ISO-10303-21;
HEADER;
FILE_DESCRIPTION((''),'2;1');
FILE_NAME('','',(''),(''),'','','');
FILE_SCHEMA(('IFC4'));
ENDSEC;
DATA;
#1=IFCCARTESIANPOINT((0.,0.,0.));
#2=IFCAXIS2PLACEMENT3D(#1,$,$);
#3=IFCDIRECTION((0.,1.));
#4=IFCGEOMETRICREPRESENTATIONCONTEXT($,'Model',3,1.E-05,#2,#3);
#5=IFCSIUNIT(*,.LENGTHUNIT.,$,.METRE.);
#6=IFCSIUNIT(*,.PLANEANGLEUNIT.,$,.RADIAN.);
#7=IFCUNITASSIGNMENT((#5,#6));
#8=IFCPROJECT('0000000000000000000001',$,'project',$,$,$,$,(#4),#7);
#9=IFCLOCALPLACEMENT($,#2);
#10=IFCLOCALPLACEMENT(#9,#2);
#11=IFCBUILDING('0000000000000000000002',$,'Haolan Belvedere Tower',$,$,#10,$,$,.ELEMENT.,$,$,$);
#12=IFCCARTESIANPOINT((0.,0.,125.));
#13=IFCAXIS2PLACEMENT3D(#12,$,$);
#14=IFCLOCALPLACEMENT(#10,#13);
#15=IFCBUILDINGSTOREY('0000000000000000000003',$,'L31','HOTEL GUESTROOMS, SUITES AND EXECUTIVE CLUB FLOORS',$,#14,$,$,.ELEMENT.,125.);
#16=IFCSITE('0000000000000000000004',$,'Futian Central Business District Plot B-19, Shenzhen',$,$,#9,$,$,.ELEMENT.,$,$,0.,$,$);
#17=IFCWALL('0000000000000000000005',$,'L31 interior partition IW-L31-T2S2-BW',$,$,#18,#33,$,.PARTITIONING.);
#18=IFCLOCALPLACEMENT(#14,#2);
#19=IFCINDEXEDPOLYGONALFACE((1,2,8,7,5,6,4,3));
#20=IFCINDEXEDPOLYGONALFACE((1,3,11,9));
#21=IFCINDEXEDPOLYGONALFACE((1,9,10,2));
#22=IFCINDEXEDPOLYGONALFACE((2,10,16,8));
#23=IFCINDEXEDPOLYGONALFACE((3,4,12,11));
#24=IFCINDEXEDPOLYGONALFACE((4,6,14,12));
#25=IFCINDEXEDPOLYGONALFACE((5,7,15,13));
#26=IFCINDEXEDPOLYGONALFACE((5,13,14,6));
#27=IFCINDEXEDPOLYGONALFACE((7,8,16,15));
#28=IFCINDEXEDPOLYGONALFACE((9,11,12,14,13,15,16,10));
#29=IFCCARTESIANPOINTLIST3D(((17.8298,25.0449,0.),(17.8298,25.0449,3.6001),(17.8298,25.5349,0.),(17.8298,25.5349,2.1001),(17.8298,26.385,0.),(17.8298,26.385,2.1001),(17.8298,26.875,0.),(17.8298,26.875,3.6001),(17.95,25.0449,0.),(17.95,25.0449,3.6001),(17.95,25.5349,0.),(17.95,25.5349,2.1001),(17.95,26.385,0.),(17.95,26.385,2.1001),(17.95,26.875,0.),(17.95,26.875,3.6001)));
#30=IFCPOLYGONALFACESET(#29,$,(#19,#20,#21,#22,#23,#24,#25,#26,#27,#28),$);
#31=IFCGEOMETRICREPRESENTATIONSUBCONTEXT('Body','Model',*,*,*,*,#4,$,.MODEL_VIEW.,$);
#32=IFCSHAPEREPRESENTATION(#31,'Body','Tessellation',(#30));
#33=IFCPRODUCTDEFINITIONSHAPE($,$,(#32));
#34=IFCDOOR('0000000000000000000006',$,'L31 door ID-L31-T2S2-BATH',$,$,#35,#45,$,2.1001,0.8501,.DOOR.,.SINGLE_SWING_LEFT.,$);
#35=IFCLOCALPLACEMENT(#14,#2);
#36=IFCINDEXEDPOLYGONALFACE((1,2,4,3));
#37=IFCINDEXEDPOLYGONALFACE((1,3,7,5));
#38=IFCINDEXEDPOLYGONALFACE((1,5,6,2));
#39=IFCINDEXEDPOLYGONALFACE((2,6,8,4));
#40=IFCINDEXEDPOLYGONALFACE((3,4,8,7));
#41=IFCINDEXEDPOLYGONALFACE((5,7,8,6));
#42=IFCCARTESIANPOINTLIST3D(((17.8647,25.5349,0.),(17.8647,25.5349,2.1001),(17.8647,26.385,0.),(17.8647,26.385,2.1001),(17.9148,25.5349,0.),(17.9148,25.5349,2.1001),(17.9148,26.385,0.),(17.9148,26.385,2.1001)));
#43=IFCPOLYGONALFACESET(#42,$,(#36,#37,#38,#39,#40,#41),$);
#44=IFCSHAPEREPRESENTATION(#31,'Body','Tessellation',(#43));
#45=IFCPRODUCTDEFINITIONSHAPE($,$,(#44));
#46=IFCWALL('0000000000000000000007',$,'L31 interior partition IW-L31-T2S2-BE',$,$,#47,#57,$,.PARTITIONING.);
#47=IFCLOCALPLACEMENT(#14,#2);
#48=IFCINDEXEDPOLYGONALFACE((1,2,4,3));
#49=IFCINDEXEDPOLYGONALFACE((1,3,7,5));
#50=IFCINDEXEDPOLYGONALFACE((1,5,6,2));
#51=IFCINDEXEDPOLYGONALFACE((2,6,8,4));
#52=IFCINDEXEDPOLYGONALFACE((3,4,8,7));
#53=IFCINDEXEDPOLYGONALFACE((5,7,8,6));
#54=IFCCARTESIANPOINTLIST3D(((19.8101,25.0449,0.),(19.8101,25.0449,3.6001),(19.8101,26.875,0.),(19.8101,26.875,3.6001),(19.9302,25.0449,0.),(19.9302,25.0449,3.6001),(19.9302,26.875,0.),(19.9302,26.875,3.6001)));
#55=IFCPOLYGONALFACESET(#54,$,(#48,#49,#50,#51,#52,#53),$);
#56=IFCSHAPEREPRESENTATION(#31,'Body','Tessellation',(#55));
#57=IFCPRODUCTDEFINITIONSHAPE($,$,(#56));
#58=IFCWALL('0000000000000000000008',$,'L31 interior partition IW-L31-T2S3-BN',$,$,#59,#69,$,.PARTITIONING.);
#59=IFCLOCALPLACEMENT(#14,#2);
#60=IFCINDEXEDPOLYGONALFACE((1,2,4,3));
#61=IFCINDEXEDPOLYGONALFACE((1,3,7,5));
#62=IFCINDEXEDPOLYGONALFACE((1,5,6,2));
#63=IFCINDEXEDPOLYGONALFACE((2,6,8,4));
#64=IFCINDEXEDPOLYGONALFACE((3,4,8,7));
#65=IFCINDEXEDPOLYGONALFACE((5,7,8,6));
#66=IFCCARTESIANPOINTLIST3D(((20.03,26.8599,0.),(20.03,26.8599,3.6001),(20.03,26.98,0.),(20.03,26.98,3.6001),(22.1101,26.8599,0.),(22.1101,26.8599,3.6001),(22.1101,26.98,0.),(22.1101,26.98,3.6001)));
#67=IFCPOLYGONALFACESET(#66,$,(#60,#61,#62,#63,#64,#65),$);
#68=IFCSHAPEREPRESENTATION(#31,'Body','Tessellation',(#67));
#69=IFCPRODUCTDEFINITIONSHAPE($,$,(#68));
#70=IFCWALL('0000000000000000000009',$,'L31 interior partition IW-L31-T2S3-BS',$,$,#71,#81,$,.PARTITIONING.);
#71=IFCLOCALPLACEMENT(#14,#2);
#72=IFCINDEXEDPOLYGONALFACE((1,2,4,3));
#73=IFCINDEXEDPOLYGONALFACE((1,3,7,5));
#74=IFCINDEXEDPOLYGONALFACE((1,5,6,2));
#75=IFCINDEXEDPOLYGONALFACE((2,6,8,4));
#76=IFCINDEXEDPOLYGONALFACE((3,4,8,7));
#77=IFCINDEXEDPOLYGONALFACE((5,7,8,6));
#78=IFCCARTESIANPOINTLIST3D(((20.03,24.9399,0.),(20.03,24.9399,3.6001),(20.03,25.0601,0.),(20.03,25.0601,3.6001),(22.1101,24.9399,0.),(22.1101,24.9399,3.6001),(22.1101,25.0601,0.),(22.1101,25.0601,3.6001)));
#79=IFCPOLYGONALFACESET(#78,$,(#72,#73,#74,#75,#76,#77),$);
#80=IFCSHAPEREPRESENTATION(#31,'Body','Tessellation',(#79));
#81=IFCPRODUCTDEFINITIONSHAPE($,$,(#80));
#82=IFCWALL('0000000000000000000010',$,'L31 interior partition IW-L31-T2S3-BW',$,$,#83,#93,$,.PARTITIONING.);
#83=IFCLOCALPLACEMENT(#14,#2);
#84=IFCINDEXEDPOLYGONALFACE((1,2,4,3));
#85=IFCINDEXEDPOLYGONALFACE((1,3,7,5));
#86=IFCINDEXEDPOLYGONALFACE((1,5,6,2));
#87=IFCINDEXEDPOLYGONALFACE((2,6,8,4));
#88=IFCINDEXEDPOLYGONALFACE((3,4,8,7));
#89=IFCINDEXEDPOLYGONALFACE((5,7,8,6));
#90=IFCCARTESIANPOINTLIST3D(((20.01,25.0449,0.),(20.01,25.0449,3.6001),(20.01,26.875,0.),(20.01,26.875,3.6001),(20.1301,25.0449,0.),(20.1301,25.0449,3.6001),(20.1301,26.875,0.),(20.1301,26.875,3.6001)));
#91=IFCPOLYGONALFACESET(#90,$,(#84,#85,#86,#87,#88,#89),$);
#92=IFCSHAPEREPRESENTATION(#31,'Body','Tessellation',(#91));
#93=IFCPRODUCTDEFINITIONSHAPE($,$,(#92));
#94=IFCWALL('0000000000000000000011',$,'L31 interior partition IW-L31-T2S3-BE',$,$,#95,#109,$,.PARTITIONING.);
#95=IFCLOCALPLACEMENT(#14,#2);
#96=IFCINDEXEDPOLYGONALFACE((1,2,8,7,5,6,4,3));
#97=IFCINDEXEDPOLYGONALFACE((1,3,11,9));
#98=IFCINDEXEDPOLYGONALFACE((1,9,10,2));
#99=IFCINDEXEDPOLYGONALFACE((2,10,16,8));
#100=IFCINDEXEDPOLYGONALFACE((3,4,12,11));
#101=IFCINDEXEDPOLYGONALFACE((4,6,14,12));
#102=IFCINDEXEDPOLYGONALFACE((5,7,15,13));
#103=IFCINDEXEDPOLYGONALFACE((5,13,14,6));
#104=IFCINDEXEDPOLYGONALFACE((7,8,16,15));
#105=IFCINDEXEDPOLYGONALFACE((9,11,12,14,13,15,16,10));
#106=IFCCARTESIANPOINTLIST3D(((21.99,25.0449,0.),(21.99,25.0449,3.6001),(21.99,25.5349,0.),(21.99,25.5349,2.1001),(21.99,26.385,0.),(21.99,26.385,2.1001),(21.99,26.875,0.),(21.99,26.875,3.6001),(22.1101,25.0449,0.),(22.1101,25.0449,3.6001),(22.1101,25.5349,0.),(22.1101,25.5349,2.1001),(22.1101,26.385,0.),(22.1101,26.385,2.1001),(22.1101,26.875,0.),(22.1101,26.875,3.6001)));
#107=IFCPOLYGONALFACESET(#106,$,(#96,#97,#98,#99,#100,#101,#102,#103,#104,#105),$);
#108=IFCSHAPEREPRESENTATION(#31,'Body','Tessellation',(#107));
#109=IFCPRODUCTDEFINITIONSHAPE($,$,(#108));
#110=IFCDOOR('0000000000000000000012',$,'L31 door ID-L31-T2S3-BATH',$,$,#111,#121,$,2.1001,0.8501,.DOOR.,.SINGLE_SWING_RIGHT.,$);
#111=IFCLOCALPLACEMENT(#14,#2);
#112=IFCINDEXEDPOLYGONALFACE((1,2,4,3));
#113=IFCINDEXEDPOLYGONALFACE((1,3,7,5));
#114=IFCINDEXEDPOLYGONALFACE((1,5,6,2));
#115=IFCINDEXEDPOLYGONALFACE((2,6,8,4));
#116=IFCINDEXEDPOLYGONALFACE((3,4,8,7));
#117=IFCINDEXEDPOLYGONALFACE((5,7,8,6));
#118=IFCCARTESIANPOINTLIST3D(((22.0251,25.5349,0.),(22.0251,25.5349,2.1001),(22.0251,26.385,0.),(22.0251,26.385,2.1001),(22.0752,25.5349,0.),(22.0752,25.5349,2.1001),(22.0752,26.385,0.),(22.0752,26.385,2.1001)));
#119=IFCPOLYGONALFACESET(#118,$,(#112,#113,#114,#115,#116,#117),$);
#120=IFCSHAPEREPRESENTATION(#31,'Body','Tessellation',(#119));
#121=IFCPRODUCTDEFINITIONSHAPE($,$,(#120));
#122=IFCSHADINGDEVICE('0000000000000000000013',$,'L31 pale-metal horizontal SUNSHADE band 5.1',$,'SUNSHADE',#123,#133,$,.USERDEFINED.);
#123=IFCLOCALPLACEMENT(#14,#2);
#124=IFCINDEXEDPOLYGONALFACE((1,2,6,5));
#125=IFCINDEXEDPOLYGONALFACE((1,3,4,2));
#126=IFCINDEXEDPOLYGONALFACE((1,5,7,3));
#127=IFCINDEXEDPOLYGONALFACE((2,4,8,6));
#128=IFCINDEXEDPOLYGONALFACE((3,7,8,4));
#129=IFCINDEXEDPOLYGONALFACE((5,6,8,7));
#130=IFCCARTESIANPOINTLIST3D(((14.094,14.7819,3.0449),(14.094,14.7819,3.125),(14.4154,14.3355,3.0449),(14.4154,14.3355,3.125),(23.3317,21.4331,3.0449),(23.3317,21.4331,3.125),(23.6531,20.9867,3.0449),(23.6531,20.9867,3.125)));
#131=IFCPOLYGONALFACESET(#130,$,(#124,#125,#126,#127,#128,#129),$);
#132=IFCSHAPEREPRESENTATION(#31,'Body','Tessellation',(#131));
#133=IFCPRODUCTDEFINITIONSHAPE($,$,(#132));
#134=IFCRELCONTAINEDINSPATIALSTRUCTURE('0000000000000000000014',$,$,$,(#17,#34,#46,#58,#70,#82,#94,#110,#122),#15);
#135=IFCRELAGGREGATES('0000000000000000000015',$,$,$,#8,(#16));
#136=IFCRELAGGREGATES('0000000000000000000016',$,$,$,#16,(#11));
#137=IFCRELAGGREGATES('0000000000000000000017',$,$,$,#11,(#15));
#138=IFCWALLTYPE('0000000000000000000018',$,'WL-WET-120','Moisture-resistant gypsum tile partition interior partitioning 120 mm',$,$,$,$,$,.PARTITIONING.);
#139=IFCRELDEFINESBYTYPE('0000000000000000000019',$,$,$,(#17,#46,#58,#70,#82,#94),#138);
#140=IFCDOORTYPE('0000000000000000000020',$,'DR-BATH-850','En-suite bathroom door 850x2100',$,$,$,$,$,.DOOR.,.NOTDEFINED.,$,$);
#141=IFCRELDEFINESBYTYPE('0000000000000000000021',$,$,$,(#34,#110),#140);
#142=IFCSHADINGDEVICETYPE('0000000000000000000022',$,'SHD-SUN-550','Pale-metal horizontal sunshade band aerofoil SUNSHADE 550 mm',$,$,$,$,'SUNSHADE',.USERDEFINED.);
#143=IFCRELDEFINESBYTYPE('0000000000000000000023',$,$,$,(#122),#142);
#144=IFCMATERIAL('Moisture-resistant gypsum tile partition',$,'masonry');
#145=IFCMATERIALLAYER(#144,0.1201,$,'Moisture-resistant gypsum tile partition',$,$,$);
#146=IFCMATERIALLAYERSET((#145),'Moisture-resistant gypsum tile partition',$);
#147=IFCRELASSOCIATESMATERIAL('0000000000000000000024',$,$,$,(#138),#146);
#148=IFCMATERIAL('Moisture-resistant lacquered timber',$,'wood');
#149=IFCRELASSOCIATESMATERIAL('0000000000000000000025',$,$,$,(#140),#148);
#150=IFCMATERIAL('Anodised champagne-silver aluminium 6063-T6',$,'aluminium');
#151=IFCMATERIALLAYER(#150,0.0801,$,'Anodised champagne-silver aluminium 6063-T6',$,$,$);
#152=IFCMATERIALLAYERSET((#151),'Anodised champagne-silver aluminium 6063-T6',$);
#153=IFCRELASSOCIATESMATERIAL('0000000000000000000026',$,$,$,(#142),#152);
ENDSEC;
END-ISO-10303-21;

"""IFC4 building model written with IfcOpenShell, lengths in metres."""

from ifc_helpers import new_model, si_unit, direction, frame, frame_2d, origin, origin_2d, place, context, subcontext, project, spatial, rectangle, extrude, material, layer, layer_set, type_object, element, fill, save


model = new_model("IFC4")

# Units and contexts
model_context = context("Model", 3, precision=1e-05, world=origin(), true_north=direction((0.0, 1.0)))
body_context = subcontext(model_context, "Body", "Model", "MODEL_VIEW")
ifc_project = project(units=[si_unit("LENGTHUNIT", "METRE"), si_unit("PLANEANGLEUNIT", "RADIAN")], contexts=[model_context])

# Site, building, storey
site_placement = place(None, origin())
site = spatial("IfcSite", under=ifc_project, at=site_placement, Name="Futian Central Business District Plot B-19, Shenzhen", CompositionType="ELEMENT", RefElevation=0.0)
building_placement = place(site_placement, origin())
building = spatial("IfcBuilding", under=site, at=building_placement, Name="Haolan Belvedere Tower", CompositionType="ELEMENT")
storey_placement = place(building_placement, frame((0.0, 0.0, 125.0)))
storey = spatial("IfcBuildingStorey", under=building, at=storey_placement, Name="L31", Description="HOTEL GUESTROOMS, SUITES AND EXECUTIVE CLUB FLOORS", CompositionType="ELEMENT", Elevation=125.0)

# Shared definitions
ifc_material_1 = material(Name="Moisture-resistant gypsum tile partition", Category="masonry")
ifc_layer_1 = layer(ifc_material_1, 0.1201, Name="Moisture-resistant gypsum tile partition")
ifc_layer_set_1 = layer_set([ifc_layer_1], Name="Moisture-resistant gypsum tile partition")
wall_type_1 = type_object("IfcWallType", Name="WL-WET-120", Description="Moisture-resistant gypsum tile partition interior partitioning 120 mm", PredefinedType="PARTITIONING", material=ifc_layer_set_1)

# Wall, opening, door
wall_1_placement = place(storey_placement, frame((17.8899, 25.0449, 0.0), z_axis=(0.0, 0.0, 1.0), x_axis=(0.0, 1.0, 0.0)))
wall_1 = element("IfcWall", 1, at=wall_1_placement, inside=storey, type_object=wall_type_1, Name="L31 interior partition IW-L31-T2S2-BW", PredefinedType="PARTITIONING", context=body_context, shape_type="SweptSolid", body=[
    extrude(rectangle(XDim=1.8301, YDim=0.1201, at=frame_2d((0.915, 0.0))), origin(), (0.0, 0.0, 1.0), 3.6001),
])
opening_1_placement = place(wall_1_placement, frame((1.3401, 0.0, 0.0), z_axis=(0.0, 0.0, 1.0), x_axis=(-1.0, 0.0, 0.0)))
opening_1 = element("IfcOpeningElement", 2, at=opening_1_placement, cuts=wall_1, PredefinedType="OPENING", context=body_context, shape_type="SweptSolid", body=[
    extrude(rectangle(XDim=0.8501, YDim=2.1001, at=frame_2d((0.425, 1.05))), frame((0.0, 0.0701, 0.0), z_axis=(0.0, -1.0, 0.0), x_axis=(1.0, 0.0, 0.0)), (0.0, 0.0, 1.0), 0.1401),
])
ifc_material_2 = material(Name="Moisture-resistant lacquered timber", Category="wood")
door_type_1 = type_object("IfcDoorType", Name="DR-BATH-850", Description="En-suite bathroom door 850x2100", OperationType="NOTDEFINED", PredefinedType="DOOR", material=ifc_material_2)
door_1_placement = place(opening_1_placement, origin())
door_1 = element("IfcDoor", 3, at=door_1_placement, inside=storey, type_object=door_type_1, Name="L31 door ID-L31-T2S2-BATH", OperationType="SINGLE_SWING_LEFT", OverallHeight=2.1001, OverallWidth=0.8501, PredefinedType="DOOR", context=body_context, shape_type="SweptSolid", body=[
    extrude(rectangle(XDim=0.8501, YDim=2.1001, at=frame_2d((0.425, 1.05))), frame((0.0, 0.0249, 0.0), z_axis=(0.0, -1.0, 0.0), x_axis=(1.0, 0.0, 0.0)), (0.0, 0.0, 1.0), 0.05),
])
fill(opening_1, door_1)

# Walls
wall_2_placement = place(storey_placement, frame((19.8701, 25.0449, 0.0), z_axis=(0.0, 0.0, 1.0), x_axis=(0.0, 1.0, 0.0)))
element("IfcWall", 4, at=wall_2_placement, inside=storey, type_object=wall_type_1, Name="L31 interior partition IW-L31-T2S2-BE", PredefinedType="PARTITIONING", context=body_context, shape_type="SweptSolid", body=[
    extrude(rectangle(XDim=1.8301, YDim=0.1201, at=frame_2d((0.915, 0.0))), origin(), (0.0, 0.0, 1.0), 3.6001),
])
for number, where, z_axis, x_axis, name in (
    (5, (20.03, 26.9199, 0.0), (0.0, 0.0, 1.0), (1.0, 0.0, 0.0), "L31 interior partition IW-L31-T2S3-BN"),
    (6, (20.03, 25.0, 0.0), (0.0, 0.0, 1.0), (1.0, 0.0, 0.0), "L31 interior partition IW-L31-T2S3-BS"),
):
    element("IfcWall", number, at=place(storey_placement, frame(where, z_axis=z_axis, x_axis=x_axis)), inside=storey, type_object=wall_type_1, Name=name, PredefinedType="PARTITIONING", context=body_context, shape_type="SweptSolid", body=[
        extrude(rectangle(XDim=2.0801, YDim=0.1201, at=frame_2d((1.04, 0.0))), origin(), (0.0, 0.0, 1.0), 3.6001),
    ])
wall_3_placement = place(storey_placement, frame((20.0701, 25.0449, 0.0), z_axis=(0.0, 0.0, 1.0), x_axis=(0.0, 1.0, 0.0)))
element("IfcWall", 7, at=wall_3_placement, inside=storey, type_object=wall_type_1, Name="L31 interior partition IW-L31-T2S3-BW", PredefinedType="PARTITIONING", context=body_context, shape_type="SweptSolid", body=[
    extrude(rectangle(XDim=1.8301, YDim=0.1201, at=frame_2d((0.915, 0.0))), origin(), (0.0, 0.0, 1.0), 3.6001),
])

# Wall, opening, door
wall_4_placement = place(storey_placement, frame((22.05, 25.0449, 0.0), z_axis=(0.0, 0.0, 1.0), x_axis=(0.0, 1.0, 0.0)))
wall_4 = element("IfcWall", 8, at=wall_4_placement, inside=storey, type_object=wall_type_1, Name="L31 interior partition IW-L31-T2S3-BE", PredefinedType="PARTITIONING", context=body_context, shape_type="SweptSolid", body=[
    extrude(rectangle(XDim=1.8301, YDim=0.1201, at=frame_2d((0.915, 0.0))), origin(), (0.0, 0.0, 1.0), 3.6001),
])
opening_2_placement = place(wall_4_placement, frame((0.49, 0.0, 0.0)))
opening_2 = element("IfcOpeningElement", 9, at=opening_2_placement, cuts=wall_4, PredefinedType="OPENING", context=body_context, shape_type="SweptSolid", body=[
    extrude(rectangle(XDim=0.8501, YDim=2.1001, at=frame_2d((0.425, 1.05))), frame((0.0, 0.0701, 0.0), z_axis=(0.0, -1.0, 0.0), x_axis=(1.0, 0.0, 0.0)), (0.0, 0.0, 1.0), 0.1401),
])
door_2_placement = place(opening_2_placement, origin())
door_2 = element("IfcDoor", 10, at=door_2_placement, inside=storey, type_object=door_type_1, Name="L31 door ID-L31-T2S3-BATH", OperationType="SINGLE_SWING_RIGHT", OverallHeight=2.1001, OverallWidth=0.8501, PredefinedType="DOOR", context=body_context, shape_type="SweptSolid", body=[
    extrude(rectangle(XDim=0.8501, YDim=2.1001, at=frame_2d((0.425, 1.05))), frame((0.0, 0.0249, 0.0), z_axis=(0.0, -1.0, 0.0), x_axis=(1.0, 0.0, 0.0)), (0.0, 0.0, 1.0), 0.05),
])
fill(opening_2, door_2)

# Shading device
ifc_material_3 = material(Name="Anodised champagne-silver aluminium 6063-T6", Category="aluminium")
ifc_layer_2 = layer(ifc_material_3, 0.0801, Name="Anodised champagne-silver aluminium 6063-T6")
ifc_layer_set_2 = layer_set([ifc_layer_2], Name="Anodised champagne-silver aluminium 6063-T6")
shading_device_type = type_object("IfcShadingDeviceType", Name="SHD-SUN-550", Description="Pale-metal horizontal sunshade band aerofoil SUNSHADE 550 mm", ElementType="SUNSHADE", PredefinedType="USERDEFINED", material=ifc_layer_set_2)
shading_device_placement = place(storey_placement, frame((18.8735, 17.8843, 3.0449), z_axis=(0.0, 0.0, 1.0), x_axis=(0.811533, 0.584306, 0.0)))
element("IfcShadingDevice", 11, at=shading_device_placement, inside=storey, type_object=shading_device_type, Name="L31 pale-metal horizontal SUNSHADE band 5.1", ObjectType="SUNSHADE", PredefinedType="USERDEFINED", context=body_context, shape_type="SweptSolid", body=[
    extrude(rectangle(XDim=11.3831, YDim=0.55, at=origin_2d()), origin(), (0.0, 0.0, 1.0), 0.0801),
])

save(model, "model.ifc")
